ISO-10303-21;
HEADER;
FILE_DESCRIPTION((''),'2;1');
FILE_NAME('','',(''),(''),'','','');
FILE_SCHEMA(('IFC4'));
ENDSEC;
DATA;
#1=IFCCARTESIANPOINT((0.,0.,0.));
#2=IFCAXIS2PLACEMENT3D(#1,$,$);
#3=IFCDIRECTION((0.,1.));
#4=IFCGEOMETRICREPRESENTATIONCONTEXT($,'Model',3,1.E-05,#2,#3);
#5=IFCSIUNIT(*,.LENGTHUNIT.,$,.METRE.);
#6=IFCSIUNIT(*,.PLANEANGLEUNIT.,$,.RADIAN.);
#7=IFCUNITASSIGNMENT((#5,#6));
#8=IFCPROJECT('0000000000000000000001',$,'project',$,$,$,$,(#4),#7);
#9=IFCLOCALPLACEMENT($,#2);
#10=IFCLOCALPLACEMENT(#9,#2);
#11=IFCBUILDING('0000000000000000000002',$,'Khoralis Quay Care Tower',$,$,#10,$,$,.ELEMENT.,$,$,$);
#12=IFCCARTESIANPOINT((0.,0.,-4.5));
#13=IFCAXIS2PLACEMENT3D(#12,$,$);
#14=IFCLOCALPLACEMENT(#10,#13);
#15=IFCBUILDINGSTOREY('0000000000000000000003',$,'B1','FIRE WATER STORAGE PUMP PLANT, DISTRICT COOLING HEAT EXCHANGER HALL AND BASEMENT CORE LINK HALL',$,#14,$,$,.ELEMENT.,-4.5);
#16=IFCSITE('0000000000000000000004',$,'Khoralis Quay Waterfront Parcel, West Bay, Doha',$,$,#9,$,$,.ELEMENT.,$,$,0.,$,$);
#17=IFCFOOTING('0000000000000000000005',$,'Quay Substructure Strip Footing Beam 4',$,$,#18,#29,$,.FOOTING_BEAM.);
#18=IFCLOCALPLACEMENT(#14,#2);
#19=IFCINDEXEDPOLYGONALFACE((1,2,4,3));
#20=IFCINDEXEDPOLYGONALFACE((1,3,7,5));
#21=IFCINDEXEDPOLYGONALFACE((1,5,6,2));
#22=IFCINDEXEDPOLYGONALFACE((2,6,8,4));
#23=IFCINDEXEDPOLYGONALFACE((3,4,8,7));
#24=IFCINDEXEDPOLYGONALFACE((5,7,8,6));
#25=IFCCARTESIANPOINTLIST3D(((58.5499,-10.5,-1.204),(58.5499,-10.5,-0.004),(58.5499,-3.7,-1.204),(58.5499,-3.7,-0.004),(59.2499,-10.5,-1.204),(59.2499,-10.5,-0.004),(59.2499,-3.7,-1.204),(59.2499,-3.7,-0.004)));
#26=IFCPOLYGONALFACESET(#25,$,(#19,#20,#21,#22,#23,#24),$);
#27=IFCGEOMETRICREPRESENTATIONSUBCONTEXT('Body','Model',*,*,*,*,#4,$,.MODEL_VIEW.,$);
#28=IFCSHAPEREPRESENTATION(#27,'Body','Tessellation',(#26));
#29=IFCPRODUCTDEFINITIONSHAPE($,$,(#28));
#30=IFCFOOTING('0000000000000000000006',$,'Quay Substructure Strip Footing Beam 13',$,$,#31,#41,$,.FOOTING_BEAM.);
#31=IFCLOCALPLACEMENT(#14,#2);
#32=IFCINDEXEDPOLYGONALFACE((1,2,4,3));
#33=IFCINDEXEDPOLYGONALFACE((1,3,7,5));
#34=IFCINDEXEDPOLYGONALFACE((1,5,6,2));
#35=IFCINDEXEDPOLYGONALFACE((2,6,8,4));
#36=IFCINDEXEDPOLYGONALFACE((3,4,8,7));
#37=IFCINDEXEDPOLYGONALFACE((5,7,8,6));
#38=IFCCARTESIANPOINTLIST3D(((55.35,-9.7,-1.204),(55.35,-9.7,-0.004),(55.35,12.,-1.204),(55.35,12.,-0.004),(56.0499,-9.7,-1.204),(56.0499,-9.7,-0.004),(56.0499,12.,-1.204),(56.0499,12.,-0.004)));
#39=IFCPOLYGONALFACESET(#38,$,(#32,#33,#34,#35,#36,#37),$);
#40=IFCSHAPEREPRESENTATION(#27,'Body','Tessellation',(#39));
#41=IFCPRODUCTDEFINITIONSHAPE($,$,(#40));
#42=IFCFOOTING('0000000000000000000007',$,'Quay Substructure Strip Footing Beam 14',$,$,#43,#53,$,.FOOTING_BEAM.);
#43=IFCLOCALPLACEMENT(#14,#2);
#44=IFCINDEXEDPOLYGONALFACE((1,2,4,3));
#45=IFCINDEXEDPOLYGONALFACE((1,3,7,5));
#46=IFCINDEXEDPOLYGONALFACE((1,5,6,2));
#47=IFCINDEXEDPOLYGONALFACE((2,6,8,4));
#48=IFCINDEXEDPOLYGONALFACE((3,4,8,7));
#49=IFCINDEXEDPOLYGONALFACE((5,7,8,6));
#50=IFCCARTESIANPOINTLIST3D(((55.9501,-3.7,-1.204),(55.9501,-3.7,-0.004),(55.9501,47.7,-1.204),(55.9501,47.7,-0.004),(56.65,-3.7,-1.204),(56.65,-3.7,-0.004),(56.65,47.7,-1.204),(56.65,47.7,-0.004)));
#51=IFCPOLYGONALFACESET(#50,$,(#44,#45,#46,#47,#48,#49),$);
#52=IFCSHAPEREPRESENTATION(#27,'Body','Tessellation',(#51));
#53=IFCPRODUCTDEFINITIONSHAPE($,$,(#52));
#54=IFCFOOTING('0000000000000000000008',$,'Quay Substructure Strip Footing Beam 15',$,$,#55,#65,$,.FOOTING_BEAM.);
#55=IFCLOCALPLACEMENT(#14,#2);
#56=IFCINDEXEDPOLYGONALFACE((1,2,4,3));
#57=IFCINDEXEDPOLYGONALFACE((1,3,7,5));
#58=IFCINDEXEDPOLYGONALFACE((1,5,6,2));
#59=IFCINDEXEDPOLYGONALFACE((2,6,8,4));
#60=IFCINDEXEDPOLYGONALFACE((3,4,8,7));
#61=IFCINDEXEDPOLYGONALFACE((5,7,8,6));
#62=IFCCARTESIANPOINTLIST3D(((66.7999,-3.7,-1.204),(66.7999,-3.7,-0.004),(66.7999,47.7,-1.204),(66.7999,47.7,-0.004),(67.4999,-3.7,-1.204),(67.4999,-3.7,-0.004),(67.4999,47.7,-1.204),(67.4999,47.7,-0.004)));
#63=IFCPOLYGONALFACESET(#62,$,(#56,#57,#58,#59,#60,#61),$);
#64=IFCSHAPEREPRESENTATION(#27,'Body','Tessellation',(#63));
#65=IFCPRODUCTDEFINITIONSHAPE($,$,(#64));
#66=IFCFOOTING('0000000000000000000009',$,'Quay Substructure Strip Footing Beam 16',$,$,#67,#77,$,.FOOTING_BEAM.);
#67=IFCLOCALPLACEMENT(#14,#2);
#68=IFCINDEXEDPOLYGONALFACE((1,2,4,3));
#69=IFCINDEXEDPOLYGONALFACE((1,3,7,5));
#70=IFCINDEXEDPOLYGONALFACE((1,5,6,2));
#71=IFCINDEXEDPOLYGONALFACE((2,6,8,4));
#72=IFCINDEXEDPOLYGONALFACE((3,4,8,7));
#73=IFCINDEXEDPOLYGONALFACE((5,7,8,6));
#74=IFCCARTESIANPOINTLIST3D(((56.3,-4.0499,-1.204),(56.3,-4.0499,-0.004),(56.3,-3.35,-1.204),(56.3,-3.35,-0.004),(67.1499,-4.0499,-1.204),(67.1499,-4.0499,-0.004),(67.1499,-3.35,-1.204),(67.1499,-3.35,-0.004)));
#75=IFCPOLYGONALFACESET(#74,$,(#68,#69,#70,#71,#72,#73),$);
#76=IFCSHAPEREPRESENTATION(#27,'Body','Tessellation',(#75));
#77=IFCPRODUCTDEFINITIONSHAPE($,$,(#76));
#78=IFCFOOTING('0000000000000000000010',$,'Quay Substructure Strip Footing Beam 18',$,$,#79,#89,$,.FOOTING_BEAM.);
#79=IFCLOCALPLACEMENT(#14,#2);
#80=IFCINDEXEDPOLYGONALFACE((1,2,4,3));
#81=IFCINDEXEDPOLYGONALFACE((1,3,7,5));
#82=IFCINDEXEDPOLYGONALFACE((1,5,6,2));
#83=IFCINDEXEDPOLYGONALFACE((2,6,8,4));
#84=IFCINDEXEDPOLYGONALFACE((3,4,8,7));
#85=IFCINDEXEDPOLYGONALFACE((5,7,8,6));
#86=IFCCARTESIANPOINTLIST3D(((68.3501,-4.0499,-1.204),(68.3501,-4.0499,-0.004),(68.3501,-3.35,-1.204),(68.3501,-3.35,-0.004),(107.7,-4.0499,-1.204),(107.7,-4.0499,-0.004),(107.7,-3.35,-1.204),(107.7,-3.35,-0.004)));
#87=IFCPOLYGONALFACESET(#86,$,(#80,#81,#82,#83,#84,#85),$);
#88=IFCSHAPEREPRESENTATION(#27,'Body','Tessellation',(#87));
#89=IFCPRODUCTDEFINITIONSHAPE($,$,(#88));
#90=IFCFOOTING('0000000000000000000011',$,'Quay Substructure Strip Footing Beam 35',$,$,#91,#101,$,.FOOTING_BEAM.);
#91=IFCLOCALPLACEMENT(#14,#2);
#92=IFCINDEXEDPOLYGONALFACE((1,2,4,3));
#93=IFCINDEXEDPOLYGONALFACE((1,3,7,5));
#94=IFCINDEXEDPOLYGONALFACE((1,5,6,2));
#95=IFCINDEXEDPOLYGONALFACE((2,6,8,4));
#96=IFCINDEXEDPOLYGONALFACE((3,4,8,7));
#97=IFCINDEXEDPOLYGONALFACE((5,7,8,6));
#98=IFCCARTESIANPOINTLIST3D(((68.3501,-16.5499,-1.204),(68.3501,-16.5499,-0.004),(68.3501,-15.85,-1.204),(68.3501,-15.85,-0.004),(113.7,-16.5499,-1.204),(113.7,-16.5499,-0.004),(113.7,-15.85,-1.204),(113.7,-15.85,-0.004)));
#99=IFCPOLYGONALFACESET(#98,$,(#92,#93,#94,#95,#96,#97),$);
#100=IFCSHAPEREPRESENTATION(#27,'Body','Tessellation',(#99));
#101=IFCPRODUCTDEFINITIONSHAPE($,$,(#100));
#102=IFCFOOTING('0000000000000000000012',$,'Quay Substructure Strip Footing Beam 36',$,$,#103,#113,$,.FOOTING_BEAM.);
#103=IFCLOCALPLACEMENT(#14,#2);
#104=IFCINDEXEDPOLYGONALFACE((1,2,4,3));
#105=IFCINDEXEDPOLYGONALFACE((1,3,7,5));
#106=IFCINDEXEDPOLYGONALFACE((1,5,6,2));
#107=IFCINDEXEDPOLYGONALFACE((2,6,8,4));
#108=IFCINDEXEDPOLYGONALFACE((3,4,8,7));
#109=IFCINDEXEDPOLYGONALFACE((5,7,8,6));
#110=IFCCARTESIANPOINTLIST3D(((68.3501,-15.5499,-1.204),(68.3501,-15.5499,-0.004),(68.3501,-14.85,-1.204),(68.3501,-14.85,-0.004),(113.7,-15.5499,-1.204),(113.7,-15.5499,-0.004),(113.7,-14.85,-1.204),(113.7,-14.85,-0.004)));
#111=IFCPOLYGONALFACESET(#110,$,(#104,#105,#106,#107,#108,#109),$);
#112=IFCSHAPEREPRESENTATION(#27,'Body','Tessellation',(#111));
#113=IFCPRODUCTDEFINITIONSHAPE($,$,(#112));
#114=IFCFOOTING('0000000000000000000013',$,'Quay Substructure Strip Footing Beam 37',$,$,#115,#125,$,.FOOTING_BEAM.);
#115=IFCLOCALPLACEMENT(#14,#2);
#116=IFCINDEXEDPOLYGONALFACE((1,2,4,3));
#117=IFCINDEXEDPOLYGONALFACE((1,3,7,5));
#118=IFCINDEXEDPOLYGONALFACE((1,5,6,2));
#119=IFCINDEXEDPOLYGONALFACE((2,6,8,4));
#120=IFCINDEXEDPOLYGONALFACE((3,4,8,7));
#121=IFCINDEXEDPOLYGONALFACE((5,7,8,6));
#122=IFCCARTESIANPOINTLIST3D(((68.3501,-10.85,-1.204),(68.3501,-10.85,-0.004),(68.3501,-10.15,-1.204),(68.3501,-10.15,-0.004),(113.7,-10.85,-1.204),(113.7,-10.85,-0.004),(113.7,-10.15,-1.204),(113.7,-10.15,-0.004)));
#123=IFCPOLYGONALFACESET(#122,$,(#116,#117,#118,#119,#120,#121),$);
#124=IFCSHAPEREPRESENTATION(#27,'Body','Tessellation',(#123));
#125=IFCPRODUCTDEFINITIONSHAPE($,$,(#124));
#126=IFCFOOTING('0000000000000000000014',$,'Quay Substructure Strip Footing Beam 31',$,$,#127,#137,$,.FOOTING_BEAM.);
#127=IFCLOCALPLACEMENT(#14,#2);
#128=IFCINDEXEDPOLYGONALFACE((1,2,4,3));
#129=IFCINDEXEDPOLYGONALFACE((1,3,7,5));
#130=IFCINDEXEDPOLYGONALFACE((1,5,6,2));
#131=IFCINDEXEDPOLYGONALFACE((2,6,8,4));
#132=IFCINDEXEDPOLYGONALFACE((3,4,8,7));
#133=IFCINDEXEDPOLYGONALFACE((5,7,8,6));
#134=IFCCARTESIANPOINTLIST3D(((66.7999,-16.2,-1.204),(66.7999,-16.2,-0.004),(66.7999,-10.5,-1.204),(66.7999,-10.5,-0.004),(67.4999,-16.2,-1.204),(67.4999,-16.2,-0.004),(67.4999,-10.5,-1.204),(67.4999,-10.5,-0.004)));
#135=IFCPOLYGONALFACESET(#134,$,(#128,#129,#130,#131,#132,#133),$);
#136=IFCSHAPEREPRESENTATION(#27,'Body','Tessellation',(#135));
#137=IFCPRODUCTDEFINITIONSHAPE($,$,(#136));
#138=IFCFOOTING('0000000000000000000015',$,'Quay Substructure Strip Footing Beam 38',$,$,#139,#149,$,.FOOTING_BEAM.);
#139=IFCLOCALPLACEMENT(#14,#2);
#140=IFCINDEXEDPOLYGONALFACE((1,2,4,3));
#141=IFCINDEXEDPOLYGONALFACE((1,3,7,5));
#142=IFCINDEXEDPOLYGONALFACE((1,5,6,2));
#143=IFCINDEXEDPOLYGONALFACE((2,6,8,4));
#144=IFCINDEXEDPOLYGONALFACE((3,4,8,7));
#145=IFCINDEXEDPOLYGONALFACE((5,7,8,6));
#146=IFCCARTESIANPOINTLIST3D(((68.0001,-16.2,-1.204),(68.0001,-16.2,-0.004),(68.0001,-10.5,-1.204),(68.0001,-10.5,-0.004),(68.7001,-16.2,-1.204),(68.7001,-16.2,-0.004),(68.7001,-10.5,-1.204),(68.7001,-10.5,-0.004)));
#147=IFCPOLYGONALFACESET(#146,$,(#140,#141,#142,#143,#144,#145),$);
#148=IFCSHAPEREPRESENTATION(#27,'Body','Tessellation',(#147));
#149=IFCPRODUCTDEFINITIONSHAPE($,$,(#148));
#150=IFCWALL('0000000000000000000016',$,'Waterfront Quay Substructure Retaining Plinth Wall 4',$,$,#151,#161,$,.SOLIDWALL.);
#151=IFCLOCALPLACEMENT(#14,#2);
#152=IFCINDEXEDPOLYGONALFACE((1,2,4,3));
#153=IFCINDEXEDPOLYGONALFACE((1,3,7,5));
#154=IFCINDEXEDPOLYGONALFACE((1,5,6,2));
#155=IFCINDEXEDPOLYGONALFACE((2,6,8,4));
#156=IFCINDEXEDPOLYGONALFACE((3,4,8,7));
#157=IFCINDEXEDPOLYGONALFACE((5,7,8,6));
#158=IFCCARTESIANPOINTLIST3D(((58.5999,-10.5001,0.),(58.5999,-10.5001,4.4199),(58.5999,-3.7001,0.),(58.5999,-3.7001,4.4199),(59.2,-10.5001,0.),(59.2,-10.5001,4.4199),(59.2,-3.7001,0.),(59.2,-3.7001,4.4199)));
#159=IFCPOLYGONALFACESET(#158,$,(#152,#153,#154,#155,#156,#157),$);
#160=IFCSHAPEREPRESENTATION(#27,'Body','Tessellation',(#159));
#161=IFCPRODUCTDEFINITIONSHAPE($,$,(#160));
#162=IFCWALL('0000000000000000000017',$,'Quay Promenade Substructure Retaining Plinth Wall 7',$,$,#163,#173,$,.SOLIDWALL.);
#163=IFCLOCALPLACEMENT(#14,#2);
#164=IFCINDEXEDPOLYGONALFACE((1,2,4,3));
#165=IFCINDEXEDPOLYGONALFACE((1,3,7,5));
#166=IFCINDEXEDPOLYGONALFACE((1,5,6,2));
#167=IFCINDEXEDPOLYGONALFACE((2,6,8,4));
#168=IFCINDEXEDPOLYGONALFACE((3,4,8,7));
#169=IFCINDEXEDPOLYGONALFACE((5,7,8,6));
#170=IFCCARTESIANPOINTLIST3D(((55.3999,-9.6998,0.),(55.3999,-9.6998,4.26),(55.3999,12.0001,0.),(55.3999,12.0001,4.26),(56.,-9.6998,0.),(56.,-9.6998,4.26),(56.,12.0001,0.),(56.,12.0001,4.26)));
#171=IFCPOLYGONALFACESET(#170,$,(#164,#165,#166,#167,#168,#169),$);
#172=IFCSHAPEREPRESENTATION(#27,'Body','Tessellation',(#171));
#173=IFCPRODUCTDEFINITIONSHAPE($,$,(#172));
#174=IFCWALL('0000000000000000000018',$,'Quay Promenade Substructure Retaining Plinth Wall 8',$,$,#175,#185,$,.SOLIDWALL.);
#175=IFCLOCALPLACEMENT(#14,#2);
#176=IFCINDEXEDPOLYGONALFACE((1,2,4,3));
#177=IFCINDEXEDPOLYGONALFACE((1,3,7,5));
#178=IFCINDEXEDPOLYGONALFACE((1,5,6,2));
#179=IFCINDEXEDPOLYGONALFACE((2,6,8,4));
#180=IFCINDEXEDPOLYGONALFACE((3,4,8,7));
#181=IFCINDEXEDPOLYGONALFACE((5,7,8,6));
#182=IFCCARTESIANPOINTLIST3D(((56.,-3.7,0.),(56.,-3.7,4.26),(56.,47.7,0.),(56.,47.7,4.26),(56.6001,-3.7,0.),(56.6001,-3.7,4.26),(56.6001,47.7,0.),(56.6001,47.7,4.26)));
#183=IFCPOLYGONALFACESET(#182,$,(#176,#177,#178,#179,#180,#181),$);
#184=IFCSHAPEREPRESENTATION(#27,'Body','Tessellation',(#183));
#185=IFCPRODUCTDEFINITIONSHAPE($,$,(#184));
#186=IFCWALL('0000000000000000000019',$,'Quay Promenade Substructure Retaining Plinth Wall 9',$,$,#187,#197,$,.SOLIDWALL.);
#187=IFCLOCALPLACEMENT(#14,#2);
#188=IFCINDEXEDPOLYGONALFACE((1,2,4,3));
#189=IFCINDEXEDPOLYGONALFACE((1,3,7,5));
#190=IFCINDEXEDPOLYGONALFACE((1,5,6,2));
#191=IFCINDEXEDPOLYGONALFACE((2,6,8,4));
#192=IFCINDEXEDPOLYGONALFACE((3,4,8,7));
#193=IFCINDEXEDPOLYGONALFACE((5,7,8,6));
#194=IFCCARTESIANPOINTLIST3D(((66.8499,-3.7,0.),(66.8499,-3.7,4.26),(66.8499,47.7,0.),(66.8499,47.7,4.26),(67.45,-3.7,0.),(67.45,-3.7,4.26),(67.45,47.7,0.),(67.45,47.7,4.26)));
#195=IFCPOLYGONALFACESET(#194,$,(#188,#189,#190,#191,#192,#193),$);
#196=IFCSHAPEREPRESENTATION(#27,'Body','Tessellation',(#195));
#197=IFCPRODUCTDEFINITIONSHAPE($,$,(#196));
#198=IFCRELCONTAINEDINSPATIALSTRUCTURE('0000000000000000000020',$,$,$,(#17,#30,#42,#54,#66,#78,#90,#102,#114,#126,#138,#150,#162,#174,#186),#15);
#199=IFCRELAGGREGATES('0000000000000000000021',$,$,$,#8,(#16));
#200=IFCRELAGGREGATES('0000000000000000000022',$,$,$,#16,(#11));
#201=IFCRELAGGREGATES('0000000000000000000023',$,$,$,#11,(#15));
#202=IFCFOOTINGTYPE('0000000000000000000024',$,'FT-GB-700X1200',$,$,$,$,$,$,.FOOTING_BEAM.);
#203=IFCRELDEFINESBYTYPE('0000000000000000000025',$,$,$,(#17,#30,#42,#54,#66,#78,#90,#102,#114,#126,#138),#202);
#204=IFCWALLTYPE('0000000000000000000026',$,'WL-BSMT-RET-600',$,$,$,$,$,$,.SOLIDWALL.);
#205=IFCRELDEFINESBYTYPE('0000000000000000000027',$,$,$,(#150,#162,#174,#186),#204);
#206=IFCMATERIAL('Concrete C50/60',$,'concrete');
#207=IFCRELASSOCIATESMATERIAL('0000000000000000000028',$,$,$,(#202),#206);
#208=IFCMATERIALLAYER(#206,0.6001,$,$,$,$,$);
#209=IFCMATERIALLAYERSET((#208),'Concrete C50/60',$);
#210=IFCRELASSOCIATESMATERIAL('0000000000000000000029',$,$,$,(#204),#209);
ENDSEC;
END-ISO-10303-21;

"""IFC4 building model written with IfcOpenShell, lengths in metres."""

from ifc_helpers import new_model, si_unit, direction, frame, frame_2d, origin, origin_2d, place, context, subcontext, project, spatial, rectangle, extrude, source, transform, mapped, material, layer, layer_set, material_profile, profile_set, type_object, element, save


model = new_model("IFC4")

# Units and contexts
model_context = context("Model", 3, precision=1e-05, world=origin(), true_north=direction((0.0, 1.0)))
body_context = subcontext(model_context, "Body", "Model", "MODEL_VIEW")
ifc_project = project(units=[si_unit("LENGTHUNIT", "METRE"), si_unit("PLANEANGLEUNIT", "RADIAN")], contexts=[model_context])

# Site, building, storey
site_placement = place(None, origin())
site = spatial("IfcSite", under=ifc_project, at=site_placement, Name="Khoralis Quay Waterfront Parcel, West Bay, Doha", CompositionType="ELEMENT", RefElevation=0.0)
building_placement = place(site_placement, origin())
building = spatial("IfcBuilding", under=site, at=building_placement, Name="Khoralis Quay Care Tower", CompositionType="ELEMENT")
storey_placement = place(building_placement, frame((0.0, 0.0, -4.5)))
storey = spatial("IfcBuildingStorey", under=building, at=storey_placement, Name="B1", Description="FIRE WATER STORAGE PUMP PLANT, DISTRICT COOLING HEAT EXCHANGER HALL AND BASEMENT CORE LINK HALL", CompositionType="ELEMENT", Elevation=-4.5)

# Footings
ifc_material = material(Name="Concrete C50/60", Category="concrete")
ifc_material_profile = material_profile(ifc_material, rectangle(XDim=0.7, YDim=1.2, at=origin_2d()), Name="Concrete C50/60")
ifc_profile_set = profile_set([ifc_material_profile], Name="Concrete C50/60")
footing_type = type_object("IfcFootingType", Name="FT-GB-700X1200", PredefinedType="FOOTING_BEAM", material=ifc_profile_set)
shared_shape_1 = source(origin(), body_context, "Body", "SweptSolid", [
    extrude(rectangle(XDim=0.7, YDim=1.2, at=origin_2d()), origin(), (0.0, 0.0, 1.0), 6.8),
])
footing_1_placement = place(storey_placement, frame((58.8999, -10.5, -0.604), z_axis=(0.0, 1.0, 0.0), x_axis=(-1.0, 0.0, 0.0)))
element("IfcFooting", 1, at=footing_1_placement, inside=storey, type_object=footing_type, Name="Quay Substructure Strip Footing Beam 4", PredefinedType="FOOTING_BEAM", context=body_context, shape_type="MappedRepresentation", body=[
    mapped(shared_shape_1, transform((0.0, 0.0, 0.0), scale=1.0)),
])
shared_shape_2 = source(origin(), body_context, "Body", "SweptSolid", [
    extrude(rectangle(XDim=0.7, YDim=1.2, at=origin_2d()), origin(), (0.0, 0.0, 1.0), 21.7),
])
footing_2_placement = place(storey_placement, frame((55.7, -9.7, -0.604), z_axis=(0.0, 1.0, 0.0), x_axis=(-1.0, 0.0, 0.0)))
element("IfcFooting", 2, at=footing_2_placement, inside=storey, type_object=footing_type, Name="Quay Substructure Strip Footing Beam 13", PredefinedType="FOOTING_BEAM", context=body_context, shape_type="MappedRepresentation", body=[
    mapped(shared_shape_2, transform((0.0, 0.0, 0.0), scale=1.0)),
])
shared_shape_3 = source(origin(), body_context, "Body", "SweptSolid", [
    extrude(rectangle(XDim=0.7, YDim=1.2, at=origin_2d()), origin(), (0.0, 0.0, 1.0), 51.3999),
])
for number, where, z_axis, x_axis, name in (
    (3, (56.3, -3.7, -0.604), (0.0, 1.0, 0.0), (-1.0, 0.0, 0.0), "Quay Substructure Strip Footing Beam 14"),
    (4, (67.1499, -3.7, -0.604), (0.0, 1.0, 0.0), (-1.0, 0.0, 0.0), "Quay Substructure Strip Footing Beam 15"),
):
    element("IfcFooting", number, at=place(storey_placement, frame(where, z_axis=z_axis, x_axis=x_axis)), inside=storey, type_object=footing_type, Name=name, PredefinedType="FOOTING_BEAM", context=body_context, shape_type="MappedRepresentation", body=[
        mapped(shared_shape_3, transform((0.0, 0.0, 0.0), scale=1.0)),
    ])
shared_shape_4 = source(origin(), body_context, "Body", "SweptSolid", [
    extrude(rectangle(XDim=0.7, YDim=1.2, at=origin_2d()), origin(), (0.0, 0.0, 1.0), 10.8499),
])
footing_3_placement = place(storey_placement, frame((56.3, -3.7, -0.604), z_axis=(1.0, 0.0, 0.0), x_axis=(0.0, 1.0, 0.0)))
element("IfcFooting", 5, at=footing_3_placement, inside=storey, type_object=footing_type, Name="Quay Substructure Strip Footing Beam 16", PredefinedType="FOOTING_BEAM", context=body_context, shape_type="MappedRepresentation", body=[
    mapped(shared_shape_4, transform((0.0, 0.0, 0.0), scale=1.0)),
])
shared_shape_5 = source(origin(), body_context, "Body", "SweptSolid", [
    extrude(rectangle(XDim=0.7, YDim=1.2, at=origin_2d()), origin(), (0.0, 0.0, 1.0), 39.3499),
])
footing_4_placement = place(storey_placement, frame((68.3501, -3.7, -0.604), z_axis=(1.0, 0.0, 0.0), x_axis=(0.0, 1.0, 0.0)))
element("IfcFooting", 6, at=footing_4_placement, inside=storey, type_object=footing_type, Name="Quay Substructure Strip Footing Beam 18", PredefinedType="FOOTING_BEAM", context=body_context, shape_type="MappedRepresentation", body=[
    mapped(shared_shape_5, transform((0.0, 0.0, 0.0), scale=1.0)),
])
shared_shape_6 = source(origin(), body_context, "Body", "SweptSolid", [
    extrude(rectangle(XDim=0.7, YDim=1.2, at=origin_2d()), origin(), (0.0, 0.0, 1.0), 45.3499),
])
for number, where, z_axis, x_axis, name in (
    (7, (68.3501, -16.2, -0.604), (1.0, 0.0, 0.0), (0.0, 1.0, 0.0), "Quay Substructure Strip Footing Beam 35"),
    (8, (68.3501, -15.2, -0.604), (1.0, 0.0, 0.0), (0.0, 1.0, 0.0), "Quay Substructure Strip Footing Beam 36"),
    (9, (68.3501, -10.5, -0.604), (1.0, 0.0, 0.0), (0.0, 1.0, 0.0), "Quay Substructure Strip Footing Beam 37"),
):
    element("IfcFooting", number, at=place(storey_placement, frame(where, z_axis=z_axis, x_axis=x_axis)), inside=storey, type_object=footing_type, Name=name, PredefinedType="FOOTING_BEAM", context=body_context, shape_type="MappedRepresentation", body=[
        mapped(shared_shape_6, transform((0.0, 0.0, 0.0), scale=1.0)),
    ])
shared_shape_7 = source(origin(), body_context, "Body", "SweptSolid", [
    extrude(rectangle(XDim=0.7, YDim=1.2, at=origin_2d()), origin(), (0.0, 0.0, 1.0), 5.7),
])
for number, where, z_axis, x_axis, name in (
    (10, (67.1499, -16.2, -0.604), (0.0, 1.0, 0.0), (-1.0, 0.0, 0.0), "Quay Substructure Strip Footing Beam 31"),
    (11, (68.3501, -16.2, -0.604), (0.0, 1.0, 0.0), (-1.0, 0.0, 0.0), "Quay Substructure Strip Footing Beam 38"),
):
    element("IfcFooting", number, at=place(storey_placement, frame(where, z_axis=z_axis, x_axis=x_axis)), inside=storey, type_object=footing_type, Name=name, PredefinedType="FOOTING_BEAM", context=body_context, shape_type="MappedRepresentation", body=[
        mapped(shared_shape_7, transform((0.0, 0.0, 0.0), scale=1.0)),
    ])

# Walls
ifc_layer = layer(ifc_material, 0.6001)
ifc_layer_set = layer_set([ifc_layer], Name="Concrete C50/60")
wall_type = type_object("IfcWallType", Name="WL-BSMT-RET-600", PredefinedType="SOLIDWALL", material=ifc_layer_set)
wall_1_placement = place(storey_placement, frame((58.8999, -10.5, 0.0), z_axis=(0.0, 0.0, 1.0), x_axis=(0.0, 1.0, 0.0)))
element("IfcWall", 12, at=wall_1_placement, inside=storey, type_object=wall_type, Name="Waterfront Quay Substructure Retaining Plinth Wall 4", PredefinedType="SOLIDWALL", context=body_context, shape_type="SweptSolid", body=[
    extrude(rectangle(XDim=6.8, YDim=0.6001, at=frame_2d((3.3999, 0.0))), origin(), (0.0, 0.0, 1.0), 4.4199),
])
wall_2_placement = place(storey_placement, frame((55.7, -9.7, 0.0), z_axis=(0.0, 0.0, 1.0), x_axis=(0.0, 1.0, 0.0)))
element("IfcWall", 13, at=wall_2_placement, inside=storey, type_object=wall_type, Name="Quay Promenade Substructure Retaining Plinth Wall 7", PredefinedType="SOLIDWALL", context=body_context, shape_type="SweptSolid", body=[
    extrude(rectangle(XDim=21.7, YDim=0.6001, at=frame_2d((10.8501, 0.0))), origin(), (0.0, 0.0, 1.0), 4.26),
])
for number, where, z_axis, x_axis, name in (
    (14, (56.3, -3.7, 0.0), (0.0, 0.0, 1.0), (0.0, 1.0, 0.0), "Quay Promenade Substructure Retaining Plinth Wall 8"),
    (15, (67.1499, -3.7, 0.0), (0.0, 0.0, 1.0), (0.0, 1.0, 0.0), "Quay Promenade Substructure Retaining Plinth Wall 9"),
):
    element("IfcWall", number, at=place(storey_placement, frame(where, z_axis=z_axis, x_axis=x_axis)), inside=storey, type_object=wall_type, Name=name, PredefinedType="SOLIDWALL", context=body_context, shape_type="SweptSolid", body=[
        extrude(rectangle(XDim=51.3999, YDim=0.6001, at=frame_2d((25.7, 0.0))), origin(), (0.0, 0.0, 1.0), 4.26),
    ])

save(model, "model.ifc")
